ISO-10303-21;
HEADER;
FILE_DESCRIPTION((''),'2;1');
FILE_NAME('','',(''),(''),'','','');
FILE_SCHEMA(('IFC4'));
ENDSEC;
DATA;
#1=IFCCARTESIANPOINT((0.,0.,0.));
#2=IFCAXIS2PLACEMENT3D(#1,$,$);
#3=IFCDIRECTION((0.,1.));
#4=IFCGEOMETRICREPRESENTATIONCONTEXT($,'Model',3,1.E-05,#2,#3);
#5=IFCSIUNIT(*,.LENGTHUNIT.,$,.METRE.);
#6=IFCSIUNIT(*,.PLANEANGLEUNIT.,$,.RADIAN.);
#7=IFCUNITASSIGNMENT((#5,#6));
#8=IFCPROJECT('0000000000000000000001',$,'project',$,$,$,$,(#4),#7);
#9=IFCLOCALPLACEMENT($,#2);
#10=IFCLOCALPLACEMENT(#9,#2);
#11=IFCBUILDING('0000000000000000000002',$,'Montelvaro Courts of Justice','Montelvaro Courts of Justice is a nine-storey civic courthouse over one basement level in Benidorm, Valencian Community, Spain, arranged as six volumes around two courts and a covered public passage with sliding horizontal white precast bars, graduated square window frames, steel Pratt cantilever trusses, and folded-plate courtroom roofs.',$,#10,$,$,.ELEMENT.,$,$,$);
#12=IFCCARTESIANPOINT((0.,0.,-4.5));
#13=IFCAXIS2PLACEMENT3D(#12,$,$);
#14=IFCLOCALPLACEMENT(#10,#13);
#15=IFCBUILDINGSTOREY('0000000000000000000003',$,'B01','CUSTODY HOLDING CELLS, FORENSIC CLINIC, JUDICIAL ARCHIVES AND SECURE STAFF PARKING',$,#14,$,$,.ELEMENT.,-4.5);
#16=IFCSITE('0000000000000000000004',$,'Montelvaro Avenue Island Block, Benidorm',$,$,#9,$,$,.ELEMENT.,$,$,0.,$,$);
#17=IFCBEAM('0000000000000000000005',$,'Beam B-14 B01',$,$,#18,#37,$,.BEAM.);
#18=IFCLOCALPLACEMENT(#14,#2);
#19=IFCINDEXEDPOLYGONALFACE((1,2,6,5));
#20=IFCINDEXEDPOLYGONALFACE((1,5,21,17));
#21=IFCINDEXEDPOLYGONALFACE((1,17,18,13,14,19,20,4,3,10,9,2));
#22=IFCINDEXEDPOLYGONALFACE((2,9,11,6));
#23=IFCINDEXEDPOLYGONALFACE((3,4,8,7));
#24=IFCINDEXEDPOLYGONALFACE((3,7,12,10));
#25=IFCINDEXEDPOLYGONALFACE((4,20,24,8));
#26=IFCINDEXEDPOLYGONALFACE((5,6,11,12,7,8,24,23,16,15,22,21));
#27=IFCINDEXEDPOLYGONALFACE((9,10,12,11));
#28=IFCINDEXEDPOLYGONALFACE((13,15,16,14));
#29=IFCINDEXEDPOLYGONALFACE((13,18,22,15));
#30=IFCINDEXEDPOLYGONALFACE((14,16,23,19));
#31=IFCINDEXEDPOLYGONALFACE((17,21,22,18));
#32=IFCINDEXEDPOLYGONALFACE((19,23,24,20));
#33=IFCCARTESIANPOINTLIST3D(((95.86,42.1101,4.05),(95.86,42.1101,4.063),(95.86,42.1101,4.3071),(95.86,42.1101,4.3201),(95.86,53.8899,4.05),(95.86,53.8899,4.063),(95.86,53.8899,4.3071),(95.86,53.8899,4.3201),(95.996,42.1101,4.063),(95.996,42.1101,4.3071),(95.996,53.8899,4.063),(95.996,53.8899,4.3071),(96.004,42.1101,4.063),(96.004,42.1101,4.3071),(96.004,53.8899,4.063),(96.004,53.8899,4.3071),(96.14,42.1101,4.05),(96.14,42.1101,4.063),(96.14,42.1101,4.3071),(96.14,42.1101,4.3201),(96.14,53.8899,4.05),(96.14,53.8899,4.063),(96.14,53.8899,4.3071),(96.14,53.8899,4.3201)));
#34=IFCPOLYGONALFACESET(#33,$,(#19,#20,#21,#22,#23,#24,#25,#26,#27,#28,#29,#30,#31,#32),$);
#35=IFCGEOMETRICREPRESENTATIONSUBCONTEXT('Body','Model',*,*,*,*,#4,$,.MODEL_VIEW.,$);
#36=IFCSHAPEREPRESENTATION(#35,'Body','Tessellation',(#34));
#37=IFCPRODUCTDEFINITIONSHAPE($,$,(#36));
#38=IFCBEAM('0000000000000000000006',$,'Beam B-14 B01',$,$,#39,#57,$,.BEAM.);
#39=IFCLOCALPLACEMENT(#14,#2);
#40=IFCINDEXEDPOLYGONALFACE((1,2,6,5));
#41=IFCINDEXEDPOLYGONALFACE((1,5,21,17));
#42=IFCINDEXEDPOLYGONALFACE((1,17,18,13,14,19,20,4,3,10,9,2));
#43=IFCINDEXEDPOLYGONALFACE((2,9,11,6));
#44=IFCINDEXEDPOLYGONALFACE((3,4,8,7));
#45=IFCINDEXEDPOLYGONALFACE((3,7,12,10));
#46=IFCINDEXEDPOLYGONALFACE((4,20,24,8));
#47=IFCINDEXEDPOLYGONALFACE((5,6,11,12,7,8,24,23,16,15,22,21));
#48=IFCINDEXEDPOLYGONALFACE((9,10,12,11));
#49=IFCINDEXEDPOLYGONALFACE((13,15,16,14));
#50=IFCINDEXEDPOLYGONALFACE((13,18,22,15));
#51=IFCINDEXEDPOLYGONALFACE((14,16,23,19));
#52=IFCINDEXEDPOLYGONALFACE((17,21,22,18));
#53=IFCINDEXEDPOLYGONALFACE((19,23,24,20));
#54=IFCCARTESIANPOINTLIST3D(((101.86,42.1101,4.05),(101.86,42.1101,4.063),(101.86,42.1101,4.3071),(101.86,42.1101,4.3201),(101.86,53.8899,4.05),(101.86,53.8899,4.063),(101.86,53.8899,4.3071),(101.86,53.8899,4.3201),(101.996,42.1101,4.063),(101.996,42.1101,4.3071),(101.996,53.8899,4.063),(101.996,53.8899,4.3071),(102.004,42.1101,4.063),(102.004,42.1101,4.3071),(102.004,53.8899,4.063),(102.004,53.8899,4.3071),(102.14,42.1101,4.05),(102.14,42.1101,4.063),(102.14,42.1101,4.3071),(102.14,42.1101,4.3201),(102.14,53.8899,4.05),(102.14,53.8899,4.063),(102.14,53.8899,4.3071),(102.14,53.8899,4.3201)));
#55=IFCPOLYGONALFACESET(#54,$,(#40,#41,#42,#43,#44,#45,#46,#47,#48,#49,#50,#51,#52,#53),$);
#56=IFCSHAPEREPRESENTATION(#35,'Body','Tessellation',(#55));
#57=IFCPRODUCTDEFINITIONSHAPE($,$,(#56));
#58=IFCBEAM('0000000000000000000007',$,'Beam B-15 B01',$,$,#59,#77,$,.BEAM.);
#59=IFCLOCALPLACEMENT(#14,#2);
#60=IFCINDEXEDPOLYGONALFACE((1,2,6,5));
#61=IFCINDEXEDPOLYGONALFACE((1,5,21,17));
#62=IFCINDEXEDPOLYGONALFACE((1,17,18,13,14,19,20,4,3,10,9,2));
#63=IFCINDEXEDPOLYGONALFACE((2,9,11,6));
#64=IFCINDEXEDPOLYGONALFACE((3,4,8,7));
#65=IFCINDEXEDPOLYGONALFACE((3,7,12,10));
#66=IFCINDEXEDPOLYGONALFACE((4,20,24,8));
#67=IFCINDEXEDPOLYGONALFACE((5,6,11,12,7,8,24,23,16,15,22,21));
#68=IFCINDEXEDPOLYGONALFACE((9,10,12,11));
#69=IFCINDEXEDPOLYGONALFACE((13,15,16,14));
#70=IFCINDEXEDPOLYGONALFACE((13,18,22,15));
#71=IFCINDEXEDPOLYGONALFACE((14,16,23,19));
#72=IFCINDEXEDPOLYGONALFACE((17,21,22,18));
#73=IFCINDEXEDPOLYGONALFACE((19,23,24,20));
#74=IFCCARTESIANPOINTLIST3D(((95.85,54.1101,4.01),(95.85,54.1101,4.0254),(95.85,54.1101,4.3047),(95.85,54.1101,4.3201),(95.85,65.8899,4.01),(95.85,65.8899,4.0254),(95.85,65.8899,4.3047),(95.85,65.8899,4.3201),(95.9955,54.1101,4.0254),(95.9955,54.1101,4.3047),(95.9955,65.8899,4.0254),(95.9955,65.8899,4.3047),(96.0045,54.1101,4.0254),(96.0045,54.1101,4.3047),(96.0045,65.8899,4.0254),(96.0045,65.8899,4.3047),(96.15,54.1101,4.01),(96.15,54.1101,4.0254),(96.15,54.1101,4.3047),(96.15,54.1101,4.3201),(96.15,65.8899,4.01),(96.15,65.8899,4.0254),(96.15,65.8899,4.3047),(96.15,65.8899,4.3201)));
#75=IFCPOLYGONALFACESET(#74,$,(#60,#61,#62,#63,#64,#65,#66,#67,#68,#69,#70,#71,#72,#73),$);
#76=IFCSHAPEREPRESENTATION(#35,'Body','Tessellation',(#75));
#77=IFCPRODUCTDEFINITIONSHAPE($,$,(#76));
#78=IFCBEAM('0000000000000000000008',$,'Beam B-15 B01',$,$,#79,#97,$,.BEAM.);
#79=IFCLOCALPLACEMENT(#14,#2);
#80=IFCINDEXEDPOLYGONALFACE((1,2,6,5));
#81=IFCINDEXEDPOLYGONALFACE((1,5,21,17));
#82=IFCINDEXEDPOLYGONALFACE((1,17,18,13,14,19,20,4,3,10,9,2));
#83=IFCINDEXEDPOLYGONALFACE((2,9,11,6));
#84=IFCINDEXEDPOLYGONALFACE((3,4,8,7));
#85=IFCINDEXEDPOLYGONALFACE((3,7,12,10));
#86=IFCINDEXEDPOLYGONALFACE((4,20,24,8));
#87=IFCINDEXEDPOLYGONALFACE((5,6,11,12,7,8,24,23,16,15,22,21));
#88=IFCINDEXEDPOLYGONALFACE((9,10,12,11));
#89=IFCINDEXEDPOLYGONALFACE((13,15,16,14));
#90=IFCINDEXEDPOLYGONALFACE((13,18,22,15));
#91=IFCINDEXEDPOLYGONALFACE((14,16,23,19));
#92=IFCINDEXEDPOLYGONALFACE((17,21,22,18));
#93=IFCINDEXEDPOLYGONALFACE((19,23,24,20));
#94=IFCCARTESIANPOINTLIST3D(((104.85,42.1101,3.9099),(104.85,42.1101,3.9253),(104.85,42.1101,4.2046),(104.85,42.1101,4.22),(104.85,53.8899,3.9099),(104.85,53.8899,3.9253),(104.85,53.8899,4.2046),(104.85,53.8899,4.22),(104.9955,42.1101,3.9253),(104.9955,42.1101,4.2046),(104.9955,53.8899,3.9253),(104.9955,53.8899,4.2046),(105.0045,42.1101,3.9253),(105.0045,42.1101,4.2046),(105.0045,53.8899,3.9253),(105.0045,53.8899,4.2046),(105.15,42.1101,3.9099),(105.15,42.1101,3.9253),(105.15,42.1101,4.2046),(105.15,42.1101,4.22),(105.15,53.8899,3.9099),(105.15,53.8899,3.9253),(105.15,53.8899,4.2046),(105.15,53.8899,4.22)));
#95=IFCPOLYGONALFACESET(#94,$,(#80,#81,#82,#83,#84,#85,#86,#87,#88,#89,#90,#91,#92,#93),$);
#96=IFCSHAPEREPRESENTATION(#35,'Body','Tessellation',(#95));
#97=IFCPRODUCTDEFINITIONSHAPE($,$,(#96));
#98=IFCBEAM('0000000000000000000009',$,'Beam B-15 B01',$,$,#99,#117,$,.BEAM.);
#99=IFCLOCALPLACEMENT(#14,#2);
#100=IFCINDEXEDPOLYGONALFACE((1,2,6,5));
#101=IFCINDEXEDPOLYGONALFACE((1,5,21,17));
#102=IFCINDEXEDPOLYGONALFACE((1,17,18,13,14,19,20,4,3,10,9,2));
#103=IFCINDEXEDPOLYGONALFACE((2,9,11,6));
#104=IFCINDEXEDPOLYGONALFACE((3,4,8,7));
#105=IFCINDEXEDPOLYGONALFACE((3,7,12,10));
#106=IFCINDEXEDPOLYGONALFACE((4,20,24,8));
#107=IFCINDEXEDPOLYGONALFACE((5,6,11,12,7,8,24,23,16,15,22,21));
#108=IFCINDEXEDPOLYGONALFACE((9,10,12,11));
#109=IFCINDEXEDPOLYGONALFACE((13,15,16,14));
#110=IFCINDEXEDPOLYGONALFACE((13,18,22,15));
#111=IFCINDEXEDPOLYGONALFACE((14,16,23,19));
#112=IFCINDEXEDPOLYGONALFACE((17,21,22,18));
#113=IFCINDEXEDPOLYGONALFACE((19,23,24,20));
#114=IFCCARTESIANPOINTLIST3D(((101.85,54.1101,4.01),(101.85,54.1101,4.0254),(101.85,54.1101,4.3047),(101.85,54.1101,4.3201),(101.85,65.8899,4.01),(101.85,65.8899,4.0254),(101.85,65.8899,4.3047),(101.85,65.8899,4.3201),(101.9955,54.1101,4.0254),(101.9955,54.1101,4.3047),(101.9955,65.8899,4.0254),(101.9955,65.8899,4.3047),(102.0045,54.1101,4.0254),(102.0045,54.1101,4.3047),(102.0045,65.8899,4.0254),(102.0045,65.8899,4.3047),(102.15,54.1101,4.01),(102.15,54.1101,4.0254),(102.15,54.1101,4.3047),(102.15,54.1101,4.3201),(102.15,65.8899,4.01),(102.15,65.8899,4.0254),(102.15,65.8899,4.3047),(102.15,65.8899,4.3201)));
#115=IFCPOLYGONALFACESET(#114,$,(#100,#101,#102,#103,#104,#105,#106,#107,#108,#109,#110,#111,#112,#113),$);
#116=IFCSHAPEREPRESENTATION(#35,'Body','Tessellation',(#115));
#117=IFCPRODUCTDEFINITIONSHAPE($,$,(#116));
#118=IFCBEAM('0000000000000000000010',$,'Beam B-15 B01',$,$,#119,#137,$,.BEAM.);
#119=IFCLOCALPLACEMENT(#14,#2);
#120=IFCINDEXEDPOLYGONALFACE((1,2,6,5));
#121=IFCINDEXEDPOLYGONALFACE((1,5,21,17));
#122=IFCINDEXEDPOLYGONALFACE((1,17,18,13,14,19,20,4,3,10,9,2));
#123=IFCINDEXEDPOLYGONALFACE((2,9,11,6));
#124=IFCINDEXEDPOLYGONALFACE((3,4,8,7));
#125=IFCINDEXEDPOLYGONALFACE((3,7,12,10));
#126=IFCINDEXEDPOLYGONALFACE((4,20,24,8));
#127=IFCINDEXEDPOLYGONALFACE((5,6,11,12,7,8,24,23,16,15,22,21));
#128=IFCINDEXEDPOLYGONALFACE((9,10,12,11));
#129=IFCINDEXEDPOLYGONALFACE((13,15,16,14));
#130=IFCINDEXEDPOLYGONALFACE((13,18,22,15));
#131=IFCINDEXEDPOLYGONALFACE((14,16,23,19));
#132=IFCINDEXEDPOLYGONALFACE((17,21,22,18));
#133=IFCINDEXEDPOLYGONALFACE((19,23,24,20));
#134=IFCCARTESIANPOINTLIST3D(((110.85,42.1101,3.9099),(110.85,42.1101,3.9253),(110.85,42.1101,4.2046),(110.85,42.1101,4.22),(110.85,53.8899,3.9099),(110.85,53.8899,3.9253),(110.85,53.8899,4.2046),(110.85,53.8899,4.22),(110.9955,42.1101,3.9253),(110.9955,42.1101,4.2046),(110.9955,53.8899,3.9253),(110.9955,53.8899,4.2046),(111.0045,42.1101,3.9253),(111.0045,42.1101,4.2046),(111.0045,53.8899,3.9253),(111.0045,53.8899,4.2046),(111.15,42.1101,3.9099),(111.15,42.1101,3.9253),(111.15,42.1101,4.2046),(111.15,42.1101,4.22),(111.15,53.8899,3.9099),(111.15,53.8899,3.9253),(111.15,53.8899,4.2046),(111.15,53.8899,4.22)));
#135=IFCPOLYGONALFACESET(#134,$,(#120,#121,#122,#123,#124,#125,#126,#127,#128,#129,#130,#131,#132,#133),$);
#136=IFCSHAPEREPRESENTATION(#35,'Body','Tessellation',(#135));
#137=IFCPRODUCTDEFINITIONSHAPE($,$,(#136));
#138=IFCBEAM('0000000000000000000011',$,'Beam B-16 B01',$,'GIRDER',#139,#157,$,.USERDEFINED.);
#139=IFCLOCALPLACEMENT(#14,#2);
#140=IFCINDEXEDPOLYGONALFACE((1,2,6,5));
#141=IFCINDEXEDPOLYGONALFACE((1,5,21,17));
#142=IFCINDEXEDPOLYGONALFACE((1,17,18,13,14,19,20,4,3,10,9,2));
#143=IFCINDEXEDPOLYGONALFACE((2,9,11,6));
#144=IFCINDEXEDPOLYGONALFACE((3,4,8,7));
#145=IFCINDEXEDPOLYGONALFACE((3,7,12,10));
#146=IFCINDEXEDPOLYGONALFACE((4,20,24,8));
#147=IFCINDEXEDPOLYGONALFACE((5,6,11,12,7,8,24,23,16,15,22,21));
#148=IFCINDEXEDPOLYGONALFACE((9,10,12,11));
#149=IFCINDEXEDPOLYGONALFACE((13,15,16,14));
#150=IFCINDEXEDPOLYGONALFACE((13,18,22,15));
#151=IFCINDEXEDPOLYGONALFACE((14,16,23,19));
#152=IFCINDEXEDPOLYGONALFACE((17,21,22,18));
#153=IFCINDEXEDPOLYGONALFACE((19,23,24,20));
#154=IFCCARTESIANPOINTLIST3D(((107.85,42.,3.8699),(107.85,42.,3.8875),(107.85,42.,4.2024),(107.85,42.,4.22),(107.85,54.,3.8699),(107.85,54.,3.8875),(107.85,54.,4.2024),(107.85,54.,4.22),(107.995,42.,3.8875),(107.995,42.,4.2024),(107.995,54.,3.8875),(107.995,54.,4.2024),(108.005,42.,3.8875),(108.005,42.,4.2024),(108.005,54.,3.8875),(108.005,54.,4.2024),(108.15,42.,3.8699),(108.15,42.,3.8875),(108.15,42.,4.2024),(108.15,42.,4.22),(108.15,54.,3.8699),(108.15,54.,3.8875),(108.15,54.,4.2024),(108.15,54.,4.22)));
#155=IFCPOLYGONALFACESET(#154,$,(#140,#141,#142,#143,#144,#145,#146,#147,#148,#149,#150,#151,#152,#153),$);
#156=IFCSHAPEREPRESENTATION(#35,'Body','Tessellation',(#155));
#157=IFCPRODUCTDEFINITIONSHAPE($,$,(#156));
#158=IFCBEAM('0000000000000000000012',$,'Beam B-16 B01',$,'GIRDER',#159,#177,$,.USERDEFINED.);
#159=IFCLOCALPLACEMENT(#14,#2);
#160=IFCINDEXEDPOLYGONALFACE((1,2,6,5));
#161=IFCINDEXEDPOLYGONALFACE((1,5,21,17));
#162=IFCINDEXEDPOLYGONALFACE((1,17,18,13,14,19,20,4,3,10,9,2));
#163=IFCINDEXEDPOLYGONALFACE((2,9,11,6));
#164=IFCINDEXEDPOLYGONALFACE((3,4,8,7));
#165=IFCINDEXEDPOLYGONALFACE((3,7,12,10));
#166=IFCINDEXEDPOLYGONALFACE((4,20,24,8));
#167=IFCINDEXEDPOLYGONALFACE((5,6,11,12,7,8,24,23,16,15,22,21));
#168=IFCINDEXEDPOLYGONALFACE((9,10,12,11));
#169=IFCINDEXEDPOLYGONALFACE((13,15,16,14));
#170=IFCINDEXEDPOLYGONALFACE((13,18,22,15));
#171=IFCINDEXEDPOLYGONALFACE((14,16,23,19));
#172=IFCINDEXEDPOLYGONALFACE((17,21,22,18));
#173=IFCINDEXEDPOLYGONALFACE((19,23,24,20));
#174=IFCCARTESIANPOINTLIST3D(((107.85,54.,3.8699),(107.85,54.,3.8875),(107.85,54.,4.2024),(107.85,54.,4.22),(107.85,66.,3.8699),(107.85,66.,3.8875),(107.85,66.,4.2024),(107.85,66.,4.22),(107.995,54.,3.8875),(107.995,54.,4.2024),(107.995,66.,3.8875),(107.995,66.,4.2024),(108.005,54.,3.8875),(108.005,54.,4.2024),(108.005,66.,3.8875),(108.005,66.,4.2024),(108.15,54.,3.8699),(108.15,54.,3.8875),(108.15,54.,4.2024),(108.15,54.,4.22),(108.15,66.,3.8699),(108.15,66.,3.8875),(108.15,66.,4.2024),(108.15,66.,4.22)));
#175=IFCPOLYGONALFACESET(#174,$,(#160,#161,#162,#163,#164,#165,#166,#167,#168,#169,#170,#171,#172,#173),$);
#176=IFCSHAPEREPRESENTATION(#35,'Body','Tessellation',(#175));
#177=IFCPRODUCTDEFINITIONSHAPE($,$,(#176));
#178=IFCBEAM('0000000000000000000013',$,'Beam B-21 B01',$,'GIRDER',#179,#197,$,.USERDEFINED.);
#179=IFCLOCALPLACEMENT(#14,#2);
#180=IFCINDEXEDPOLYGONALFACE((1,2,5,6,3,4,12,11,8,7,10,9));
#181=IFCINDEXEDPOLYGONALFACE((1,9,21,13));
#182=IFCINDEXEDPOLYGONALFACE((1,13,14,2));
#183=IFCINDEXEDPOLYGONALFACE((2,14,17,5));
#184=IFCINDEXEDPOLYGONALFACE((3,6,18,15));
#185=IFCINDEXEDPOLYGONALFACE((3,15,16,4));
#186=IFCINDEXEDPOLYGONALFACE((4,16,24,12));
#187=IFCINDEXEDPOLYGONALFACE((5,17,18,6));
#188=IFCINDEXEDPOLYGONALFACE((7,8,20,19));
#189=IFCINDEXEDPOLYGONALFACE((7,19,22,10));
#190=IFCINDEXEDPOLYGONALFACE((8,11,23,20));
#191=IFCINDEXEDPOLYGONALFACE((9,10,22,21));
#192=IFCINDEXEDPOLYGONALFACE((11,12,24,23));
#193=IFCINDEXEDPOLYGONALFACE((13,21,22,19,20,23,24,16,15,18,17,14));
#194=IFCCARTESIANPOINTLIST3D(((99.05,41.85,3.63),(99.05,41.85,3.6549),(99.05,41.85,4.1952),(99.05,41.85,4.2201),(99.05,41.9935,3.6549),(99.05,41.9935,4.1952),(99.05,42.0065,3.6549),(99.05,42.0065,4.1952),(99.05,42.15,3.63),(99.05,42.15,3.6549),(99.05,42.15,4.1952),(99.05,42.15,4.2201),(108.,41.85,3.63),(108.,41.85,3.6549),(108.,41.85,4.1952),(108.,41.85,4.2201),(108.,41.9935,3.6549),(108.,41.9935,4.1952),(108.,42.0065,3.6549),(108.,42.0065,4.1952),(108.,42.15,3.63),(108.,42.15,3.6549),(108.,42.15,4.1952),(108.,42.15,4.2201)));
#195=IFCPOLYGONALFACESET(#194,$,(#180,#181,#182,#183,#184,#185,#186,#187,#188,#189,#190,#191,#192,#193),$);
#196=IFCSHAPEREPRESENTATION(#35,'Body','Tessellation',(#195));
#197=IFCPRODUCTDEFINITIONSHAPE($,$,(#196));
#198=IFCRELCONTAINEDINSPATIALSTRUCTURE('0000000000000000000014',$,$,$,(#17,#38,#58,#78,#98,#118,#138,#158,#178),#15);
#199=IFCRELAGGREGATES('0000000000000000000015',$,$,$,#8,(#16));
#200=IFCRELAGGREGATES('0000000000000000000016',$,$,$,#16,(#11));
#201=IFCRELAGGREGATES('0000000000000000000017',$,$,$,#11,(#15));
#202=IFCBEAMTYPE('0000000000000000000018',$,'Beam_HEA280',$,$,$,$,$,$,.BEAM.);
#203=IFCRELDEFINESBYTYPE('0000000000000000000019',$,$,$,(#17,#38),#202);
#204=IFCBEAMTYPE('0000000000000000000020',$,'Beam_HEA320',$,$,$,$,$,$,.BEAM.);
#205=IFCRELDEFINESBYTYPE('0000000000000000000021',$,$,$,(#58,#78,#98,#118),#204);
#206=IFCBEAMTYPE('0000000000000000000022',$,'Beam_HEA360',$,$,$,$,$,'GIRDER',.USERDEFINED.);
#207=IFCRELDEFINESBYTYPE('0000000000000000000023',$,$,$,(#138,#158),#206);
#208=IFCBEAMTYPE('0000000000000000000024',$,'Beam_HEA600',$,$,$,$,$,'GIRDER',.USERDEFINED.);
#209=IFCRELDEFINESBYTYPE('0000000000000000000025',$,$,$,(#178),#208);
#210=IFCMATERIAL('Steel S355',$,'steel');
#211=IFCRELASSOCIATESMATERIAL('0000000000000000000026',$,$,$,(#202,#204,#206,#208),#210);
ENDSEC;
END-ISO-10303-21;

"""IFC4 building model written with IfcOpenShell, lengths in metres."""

from ifc_helpers import new_model, si_unit, direction, frame, origin, origin_2d, place, context, subcontext, project, spatial, i_section, extrude, material, material_profile, profile_set, type_object, element, save


model = new_model("IFC4")

# Units and contexts
model_context = context("Model", 3, precision=1e-05, world=origin(), true_north=direction((0.0, 1.0)))
body_context = subcontext(model_context, "Body", "Model", "MODEL_VIEW")
ifc_project = project(units=[si_unit("LENGTHUNIT", "METRE"), si_unit("PLANEANGLEUNIT", "RADIAN")], contexts=[model_context])

# Site, building, storey
site_placement = place(None, origin())
site = spatial("IfcSite", under=ifc_project, at=site_placement, Name="Montelvaro Avenue Island Block, Benidorm", CompositionType="ELEMENT", RefElevation=0.0)
building_placement = place(site_placement, origin())
building = spatial("IfcBuilding", under=site, at=building_placement, Name="Montelvaro Courts of Justice", Description="Montelvaro Courts of Justice is a nine-storey civic courthouse over one basement level in Benidorm, Valencian Community, Spain, arranged as six volumes around two courts and a covered public passage with sliding horizontal white precast bars, graduated square window frames, steel Pratt cantilever trusses, and folded-plate courtroom roofs.", CompositionType="ELEMENT")
storey_placement = place(building_placement, frame((0.0, 0.0, -4.5)))
storey = spatial("IfcBuildingStorey", under=building, at=storey_placement, Name="B01", Description="CUSTODY HOLDING CELLS, FORENSIC CLINIC, JUDICIAL ARCHIVES AND SECURE STAFF PARKING", CompositionType="ELEMENT", Elevation=-4.5)

# Beams
ifc_material_1 = material(Name="Steel S355", Category="steel")
ifc_material_profile_1 = material_profile(ifc_material_1, i_section(OverallWidth=0.28, OverallDepth=0.27, WebThickness=0.0081, FlangeThickness=0.0129, at=origin_2d()), Name="HEA 280")
ifc_profile_set_1 = profile_set([ifc_material_profile_1], Name="Steel S355")
beam_type_1 = type_object("IfcBeamType", Name="Beam_HEA280", PredefinedType="BEAM", material=ifc_profile_set_1)
for number, where, z_axis, x_axis, name in (
    (1, (96.0, 42.1101, 4.1851), (0.0, 1.0, 0.0), (-1.0, 0.0, 0.0), "Beam B-14 B01"),
    (2, (102.0, 42.1101, 4.1851), (0.0, 1.0, 0.0), (-1.0, 0.0, 0.0), "Beam B-14 B01"),
):
    element("IfcBeam", number, at=place(storey_placement, frame(where, z_axis=z_axis, x_axis=x_axis)), inside=storey, type_object=beam_type_1, Name=name, PredefinedType="BEAM", context=body_context, shape_type="SweptSolid", body=[
        extrude(i_section(OverallWidth=0.28, OverallDepth=0.27, WebThickness=0.0081, FlangeThickness=0.0129, at=origin_2d()), origin(), (0.0, 0.0, 1.0), 11.7798),
    ])
ifc_material_profile_2 = material_profile(ifc_material_1, i_section(OverallWidth=0.3, OverallDepth=0.3101, WebThickness=0.009, FlangeThickness=0.0154, at=origin_2d()), Name="HEA 320")
ifc_profile_set_2 = profile_set([ifc_material_profile_2], Name="Steel S355")
beam_type_2 = type_object("IfcBeamType", Name="Beam_HEA320", PredefinedType="BEAM", material=ifc_profile_set_2)
for number, where, z_axis, x_axis, name in (
    (3, (96.0, 54.1101, 4.165), (0.0, 1.0, 0.0), (-1.0, 0.0, 0.0), "Beam B-15 B01"),
    (4, (105.0, 42.1101, 4.0649), (0.0, 1.0, 0.0), (-1.0, 0.0, 0.0), "Beam B-15 B01"),
    (5, (102.0, 54.1101, 4.165), (0.0, 1.0, 0.0), (-1.0, 0.0, 0.0), "Beam B-15 B01"),
    (6, (111.0, 42.1101, 4.0649), (0.0, 1.0, 0.0), (-1.0, 0.0, 0.0), "Beam B-15 B01"),
):
    element("IfcBeam", number, at=place(storey_placement, frame(where, z_axis=z_axis, x_axis=x_axis)), inside=storey, type_object=beam_type_2, Name=name, PredefinedType="BEAM", context=body_context, shape_type="SweptSolid", body=[
        extrude(i_section(OverallWidth=0.3, OverallDepth=0.3101, WebThickness=0.009, FlangeThickness=0.0154, at=origin_2d()), origin(), (0.0, 0.0, 1.0), 11.7798),
    ])
ifc_material_profile_3 = material_profile(ifc_material_1, i_section(OverallWidth=0.3, OverallDepth=0.3501, WebThickness=0.01, FlangeThickness=0.0176, at=origin_2d()), Name="HEA 360")
ifc_profile_set_3 = profile_set([ifc_material_profile_3], Name="Steel S355")
beam_type_3 = type_object("IfcBeamType", Name="Beam_HEA360", ElementType="GIRDER", PredefinedType="USERDEFINED", material=ifc_profile_set_3)
for number, where, z_axis, x_axis, name in (
    (7, (108.0, 42.0, 4.0449), (0.0, 1.0, 0.0), (-1.0, 0.0, 0.0), "Beam B-16 B01"),
    (8, (108.0, 54.0, 4.0449), (0.0, 1.0, 0.0), (-1.0, 0.0, 0.0), "Beam B-16 B01"),
):
    element("IfcBeam", number, at=place(storey_placement, frame(where, z_axis=z_axis, x_axis=x_axis)), inside=storey, type_object=beam_type_3, Name=name, ObjectType="GIRDER", PredefinedType="USERDEFINED", context=body_context, shape_type="SweptSolid", body=[
        extrude(i_section(OverallWidth=0.3, OverallDepth=0.3501, WebThickness=0.01, FlangeThickness=0.0176, at=origin_2d()), origin(), (0.0, 0.0, 1.0), 12.0),
    ])
ifc_material_profile_4 = material_profile(ifc_material_1, i_section(OverallWidth=0.3, OverallDepth=0.5901, WebThickness=0.0129, FlangeThickness=0.0249, at=origin_2d()), Name="HEA 600")
ifc_profile_set_4 = profile_set([ifc_material_profile_4], Name="Steel S355")
beam_type_4 = type_object("IfcBeamType", Name="Beam_HEA600", ElementType="GIRDER", PredefinedType="USERDEFINED", material=ifc_profile_set_4)
beam_1_placement = place(storey_placement, frame((99.05, 42.0, 3.925), z_axis=(1.0, 0.0, 0.0), x_axis=(0.0, 1.0, 0.0)))
element("IfcBeam", 9, at=beam_1_placement, inside=storey, type_object=beam_type_4, Name="Beam B-21 B01", ObjectType="GIRDER", PredefinedType="USERDEFINED", context=body_context, shape_type="SweptSolid", body=[
    extrude(i_section(OverallWidth=0.3, OverallDepth=0.5901, WebThickness=0.0129, FlangeThickness=0.0249, at=origin_2d()), origin(), (0.0, 0.0, 1.0), 8.95),
])

save(model, "model.ifc")
